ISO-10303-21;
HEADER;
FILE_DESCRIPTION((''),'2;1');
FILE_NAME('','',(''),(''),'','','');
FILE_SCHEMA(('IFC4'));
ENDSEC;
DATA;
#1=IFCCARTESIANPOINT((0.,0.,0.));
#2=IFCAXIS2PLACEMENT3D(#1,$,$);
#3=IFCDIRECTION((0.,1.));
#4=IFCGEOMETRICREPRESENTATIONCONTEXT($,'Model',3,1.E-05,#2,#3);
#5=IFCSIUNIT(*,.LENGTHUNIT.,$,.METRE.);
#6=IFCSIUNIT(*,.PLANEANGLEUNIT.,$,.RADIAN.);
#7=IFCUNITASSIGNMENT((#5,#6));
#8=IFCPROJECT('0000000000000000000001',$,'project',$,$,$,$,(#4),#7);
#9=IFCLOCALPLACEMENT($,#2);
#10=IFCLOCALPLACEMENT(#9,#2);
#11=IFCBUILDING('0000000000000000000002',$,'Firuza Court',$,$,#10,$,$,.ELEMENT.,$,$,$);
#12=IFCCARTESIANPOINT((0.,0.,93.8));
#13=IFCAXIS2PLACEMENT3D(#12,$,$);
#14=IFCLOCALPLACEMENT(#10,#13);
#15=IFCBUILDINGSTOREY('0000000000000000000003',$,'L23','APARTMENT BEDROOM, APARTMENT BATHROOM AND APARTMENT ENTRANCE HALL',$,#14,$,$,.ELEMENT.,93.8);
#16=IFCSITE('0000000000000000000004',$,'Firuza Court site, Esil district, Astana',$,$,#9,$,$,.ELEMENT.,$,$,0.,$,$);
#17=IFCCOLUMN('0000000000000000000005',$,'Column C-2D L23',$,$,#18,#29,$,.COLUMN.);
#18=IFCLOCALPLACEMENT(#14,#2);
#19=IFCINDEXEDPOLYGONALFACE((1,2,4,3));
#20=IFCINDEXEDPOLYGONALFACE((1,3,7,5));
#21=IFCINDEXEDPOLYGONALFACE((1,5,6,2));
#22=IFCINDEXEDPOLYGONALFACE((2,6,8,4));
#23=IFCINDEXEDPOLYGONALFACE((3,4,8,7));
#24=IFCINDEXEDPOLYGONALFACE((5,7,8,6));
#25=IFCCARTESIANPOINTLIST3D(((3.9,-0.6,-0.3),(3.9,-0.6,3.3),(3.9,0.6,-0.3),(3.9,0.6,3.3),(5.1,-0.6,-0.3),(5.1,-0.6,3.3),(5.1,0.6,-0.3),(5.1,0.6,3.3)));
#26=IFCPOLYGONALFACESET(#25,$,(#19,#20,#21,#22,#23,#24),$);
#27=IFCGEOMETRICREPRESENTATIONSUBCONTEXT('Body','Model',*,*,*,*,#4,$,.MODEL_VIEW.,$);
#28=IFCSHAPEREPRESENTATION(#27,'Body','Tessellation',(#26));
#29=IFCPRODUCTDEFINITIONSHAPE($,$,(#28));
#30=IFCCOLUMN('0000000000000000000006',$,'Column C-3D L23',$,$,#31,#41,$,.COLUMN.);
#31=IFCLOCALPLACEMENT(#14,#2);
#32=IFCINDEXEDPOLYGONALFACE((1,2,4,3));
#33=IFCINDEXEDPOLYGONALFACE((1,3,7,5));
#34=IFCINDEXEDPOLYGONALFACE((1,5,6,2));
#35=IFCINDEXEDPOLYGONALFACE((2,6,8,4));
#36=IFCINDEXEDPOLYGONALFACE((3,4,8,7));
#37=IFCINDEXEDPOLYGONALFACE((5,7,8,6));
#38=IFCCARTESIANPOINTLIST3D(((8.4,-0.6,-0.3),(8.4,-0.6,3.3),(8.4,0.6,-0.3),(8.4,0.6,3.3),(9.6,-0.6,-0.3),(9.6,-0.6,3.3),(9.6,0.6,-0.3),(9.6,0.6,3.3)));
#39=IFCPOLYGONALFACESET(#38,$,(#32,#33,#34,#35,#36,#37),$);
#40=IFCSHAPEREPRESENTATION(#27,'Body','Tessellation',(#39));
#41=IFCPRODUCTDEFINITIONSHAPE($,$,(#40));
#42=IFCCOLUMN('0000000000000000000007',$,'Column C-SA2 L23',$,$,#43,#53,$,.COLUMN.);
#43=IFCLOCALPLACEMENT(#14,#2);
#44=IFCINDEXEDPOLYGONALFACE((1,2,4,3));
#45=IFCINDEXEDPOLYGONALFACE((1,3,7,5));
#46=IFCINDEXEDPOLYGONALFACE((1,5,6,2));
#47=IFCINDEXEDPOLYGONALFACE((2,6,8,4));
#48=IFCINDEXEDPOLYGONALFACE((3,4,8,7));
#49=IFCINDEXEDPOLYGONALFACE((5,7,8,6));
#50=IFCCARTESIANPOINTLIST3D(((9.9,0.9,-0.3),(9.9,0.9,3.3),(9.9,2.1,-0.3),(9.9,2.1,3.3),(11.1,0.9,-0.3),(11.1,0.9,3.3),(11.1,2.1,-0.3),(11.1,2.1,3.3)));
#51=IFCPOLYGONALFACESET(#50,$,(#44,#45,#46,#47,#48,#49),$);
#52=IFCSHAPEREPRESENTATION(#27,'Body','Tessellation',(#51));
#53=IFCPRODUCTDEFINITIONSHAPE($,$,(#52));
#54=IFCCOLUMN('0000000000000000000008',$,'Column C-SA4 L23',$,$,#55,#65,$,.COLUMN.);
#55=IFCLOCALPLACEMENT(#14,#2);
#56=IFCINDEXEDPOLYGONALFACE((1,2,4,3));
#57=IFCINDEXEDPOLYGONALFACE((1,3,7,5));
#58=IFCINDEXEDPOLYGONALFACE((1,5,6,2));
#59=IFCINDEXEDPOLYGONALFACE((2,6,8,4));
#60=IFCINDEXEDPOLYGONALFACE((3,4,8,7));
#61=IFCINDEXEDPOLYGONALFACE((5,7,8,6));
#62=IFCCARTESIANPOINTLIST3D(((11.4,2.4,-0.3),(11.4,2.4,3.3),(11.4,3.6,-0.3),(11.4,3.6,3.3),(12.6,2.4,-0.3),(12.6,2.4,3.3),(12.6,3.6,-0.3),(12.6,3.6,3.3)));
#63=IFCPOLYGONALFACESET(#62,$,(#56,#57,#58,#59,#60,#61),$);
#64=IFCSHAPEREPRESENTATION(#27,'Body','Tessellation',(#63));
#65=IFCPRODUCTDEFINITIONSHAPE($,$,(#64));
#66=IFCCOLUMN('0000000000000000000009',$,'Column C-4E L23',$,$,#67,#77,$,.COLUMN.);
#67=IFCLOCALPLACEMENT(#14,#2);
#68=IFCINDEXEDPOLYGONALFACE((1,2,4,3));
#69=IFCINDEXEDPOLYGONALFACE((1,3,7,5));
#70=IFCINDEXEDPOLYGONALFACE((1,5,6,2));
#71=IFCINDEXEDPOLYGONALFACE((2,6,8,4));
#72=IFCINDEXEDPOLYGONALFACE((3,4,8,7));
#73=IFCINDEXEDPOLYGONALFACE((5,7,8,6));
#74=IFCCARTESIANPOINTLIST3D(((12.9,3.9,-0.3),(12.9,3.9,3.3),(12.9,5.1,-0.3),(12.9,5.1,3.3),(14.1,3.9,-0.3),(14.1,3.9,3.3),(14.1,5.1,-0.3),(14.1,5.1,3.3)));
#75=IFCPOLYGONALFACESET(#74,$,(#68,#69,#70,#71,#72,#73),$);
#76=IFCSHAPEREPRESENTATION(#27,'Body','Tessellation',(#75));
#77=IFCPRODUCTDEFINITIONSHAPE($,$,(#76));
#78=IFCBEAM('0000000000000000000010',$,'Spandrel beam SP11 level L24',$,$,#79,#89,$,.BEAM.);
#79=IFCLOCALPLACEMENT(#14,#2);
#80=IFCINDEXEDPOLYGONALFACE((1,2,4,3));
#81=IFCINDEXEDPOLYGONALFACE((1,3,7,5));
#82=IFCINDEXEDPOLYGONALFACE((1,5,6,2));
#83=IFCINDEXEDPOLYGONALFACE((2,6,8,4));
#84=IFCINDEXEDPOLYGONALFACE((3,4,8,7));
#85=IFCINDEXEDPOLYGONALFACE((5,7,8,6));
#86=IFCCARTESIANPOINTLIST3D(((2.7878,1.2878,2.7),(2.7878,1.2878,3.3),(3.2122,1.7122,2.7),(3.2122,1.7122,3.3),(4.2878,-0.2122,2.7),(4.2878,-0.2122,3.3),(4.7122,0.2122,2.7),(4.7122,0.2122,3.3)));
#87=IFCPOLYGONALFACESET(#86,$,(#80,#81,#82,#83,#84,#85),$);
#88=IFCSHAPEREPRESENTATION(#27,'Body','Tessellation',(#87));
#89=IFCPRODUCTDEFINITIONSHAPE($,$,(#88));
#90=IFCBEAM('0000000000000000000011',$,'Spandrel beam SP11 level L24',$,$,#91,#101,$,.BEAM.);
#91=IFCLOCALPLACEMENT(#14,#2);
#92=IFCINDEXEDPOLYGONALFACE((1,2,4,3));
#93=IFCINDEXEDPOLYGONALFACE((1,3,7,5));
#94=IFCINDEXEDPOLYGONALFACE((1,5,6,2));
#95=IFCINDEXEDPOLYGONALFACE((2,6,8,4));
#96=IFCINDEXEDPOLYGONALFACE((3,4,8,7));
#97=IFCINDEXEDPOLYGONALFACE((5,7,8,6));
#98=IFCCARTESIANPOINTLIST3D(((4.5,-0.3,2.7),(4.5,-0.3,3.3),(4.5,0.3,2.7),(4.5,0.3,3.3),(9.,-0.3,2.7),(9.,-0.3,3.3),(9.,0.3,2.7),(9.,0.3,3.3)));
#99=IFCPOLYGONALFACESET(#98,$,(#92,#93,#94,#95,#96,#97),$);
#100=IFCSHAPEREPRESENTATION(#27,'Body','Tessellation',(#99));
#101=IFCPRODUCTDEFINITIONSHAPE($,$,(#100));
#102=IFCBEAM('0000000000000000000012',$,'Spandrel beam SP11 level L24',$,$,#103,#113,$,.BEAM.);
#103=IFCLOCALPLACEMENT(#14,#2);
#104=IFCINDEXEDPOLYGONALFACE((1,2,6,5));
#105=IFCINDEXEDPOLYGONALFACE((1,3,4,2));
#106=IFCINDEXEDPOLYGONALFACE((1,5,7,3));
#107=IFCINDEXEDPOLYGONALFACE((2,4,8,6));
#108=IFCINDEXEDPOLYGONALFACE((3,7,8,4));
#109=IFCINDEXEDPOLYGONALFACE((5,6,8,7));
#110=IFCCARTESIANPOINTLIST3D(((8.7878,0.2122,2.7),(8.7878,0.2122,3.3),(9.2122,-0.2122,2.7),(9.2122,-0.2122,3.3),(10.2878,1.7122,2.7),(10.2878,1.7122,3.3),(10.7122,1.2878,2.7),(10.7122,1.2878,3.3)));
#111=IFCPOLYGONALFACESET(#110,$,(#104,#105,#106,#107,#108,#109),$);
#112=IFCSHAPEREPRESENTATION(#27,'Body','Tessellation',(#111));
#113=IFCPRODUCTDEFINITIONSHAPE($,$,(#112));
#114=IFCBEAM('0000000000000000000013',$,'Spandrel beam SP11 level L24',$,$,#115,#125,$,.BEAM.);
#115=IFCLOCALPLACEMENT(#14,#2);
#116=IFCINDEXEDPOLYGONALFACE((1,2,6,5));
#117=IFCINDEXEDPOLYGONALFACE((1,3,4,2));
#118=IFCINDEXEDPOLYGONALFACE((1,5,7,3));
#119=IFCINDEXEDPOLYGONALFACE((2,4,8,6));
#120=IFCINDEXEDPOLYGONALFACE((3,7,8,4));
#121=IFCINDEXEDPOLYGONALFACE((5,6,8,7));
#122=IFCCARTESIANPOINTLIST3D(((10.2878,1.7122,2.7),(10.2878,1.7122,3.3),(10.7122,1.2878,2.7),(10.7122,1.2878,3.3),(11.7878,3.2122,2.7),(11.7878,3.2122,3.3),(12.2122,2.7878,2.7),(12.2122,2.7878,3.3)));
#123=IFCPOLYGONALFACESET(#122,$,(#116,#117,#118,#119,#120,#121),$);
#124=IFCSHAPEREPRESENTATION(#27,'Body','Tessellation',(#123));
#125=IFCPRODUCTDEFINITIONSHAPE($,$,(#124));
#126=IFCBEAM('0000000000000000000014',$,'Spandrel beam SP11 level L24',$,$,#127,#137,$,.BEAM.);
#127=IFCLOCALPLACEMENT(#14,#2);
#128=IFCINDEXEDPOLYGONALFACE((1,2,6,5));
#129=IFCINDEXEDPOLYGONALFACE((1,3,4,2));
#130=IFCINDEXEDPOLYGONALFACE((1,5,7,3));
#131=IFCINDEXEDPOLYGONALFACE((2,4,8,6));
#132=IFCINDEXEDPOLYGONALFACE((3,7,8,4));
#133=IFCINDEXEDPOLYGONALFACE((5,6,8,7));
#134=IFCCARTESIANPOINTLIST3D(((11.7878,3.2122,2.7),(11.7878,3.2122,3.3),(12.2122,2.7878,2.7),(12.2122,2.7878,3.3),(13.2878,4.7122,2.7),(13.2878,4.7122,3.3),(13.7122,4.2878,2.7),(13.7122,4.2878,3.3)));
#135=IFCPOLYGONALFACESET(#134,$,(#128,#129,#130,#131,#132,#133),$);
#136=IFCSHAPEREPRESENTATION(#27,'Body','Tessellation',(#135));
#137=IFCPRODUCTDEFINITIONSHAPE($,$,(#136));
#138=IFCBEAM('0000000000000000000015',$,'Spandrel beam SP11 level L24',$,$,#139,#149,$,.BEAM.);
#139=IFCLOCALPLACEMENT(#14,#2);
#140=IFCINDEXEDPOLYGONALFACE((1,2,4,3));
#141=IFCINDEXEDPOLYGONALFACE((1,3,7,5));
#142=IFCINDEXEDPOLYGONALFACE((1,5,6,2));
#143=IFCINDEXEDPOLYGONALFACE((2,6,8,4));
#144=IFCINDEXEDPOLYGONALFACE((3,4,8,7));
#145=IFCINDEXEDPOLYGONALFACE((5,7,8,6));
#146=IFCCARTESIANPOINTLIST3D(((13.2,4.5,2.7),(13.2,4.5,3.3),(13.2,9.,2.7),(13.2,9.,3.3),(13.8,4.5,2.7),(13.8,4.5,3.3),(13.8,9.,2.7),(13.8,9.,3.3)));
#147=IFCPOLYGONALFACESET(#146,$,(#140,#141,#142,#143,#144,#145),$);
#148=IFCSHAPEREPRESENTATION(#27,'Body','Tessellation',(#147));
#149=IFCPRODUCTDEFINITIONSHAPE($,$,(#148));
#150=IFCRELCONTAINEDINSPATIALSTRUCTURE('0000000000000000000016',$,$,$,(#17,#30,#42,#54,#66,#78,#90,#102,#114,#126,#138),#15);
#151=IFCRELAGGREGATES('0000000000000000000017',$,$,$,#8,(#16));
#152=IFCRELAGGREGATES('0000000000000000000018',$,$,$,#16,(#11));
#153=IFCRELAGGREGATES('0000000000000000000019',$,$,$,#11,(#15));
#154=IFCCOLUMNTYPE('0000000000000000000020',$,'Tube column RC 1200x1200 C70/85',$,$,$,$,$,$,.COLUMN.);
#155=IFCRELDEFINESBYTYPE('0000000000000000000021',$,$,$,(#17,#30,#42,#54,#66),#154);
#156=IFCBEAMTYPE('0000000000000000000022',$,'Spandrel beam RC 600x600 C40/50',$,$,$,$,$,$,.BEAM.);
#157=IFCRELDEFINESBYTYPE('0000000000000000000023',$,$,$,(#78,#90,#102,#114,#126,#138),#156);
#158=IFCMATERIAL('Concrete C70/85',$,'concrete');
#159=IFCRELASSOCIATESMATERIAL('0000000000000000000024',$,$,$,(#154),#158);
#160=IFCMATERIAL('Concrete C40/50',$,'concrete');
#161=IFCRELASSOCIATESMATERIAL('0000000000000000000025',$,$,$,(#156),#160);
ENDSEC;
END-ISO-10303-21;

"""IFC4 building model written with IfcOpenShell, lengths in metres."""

from ifc_helpers import new_model, si_unit, direction, frame, origin, origin_2d, place, context, subcontext, project, spatial, rectangle, extrude, material, material_profile, profile_set, type_object, element, save


model = new_model("IFC4")

# Units and contexts
model_context = context("Model", 3, precision=1e-05, world=origin(), true_north=direction((0.0, 1.0)))
body_context = subcontext(model_context, "Body", "Model", "MODEL_VIEW")
ifc_project = project(units=[si_unit("LENGTHUNIT", "METRE"), si_unit("PLANEANGLEUNIT", "RADIAN")], contexts=[model_context])

# Site, building, storey
site_placement = place(None, origin())
site = spatial("IfcSite", under=ifc_project, at=site_placement, Name="Firuza Court site, Esil district, Astana", CompositionType="ELEMENT", RefElevation=0.0)
building_placement = place(site_placement, origin())
building = spatial("IfcBuilding", under=site, at=building_placement, Name="Firuza Court", CompositionType="ELEMENT")
storey_placement = place(building_placement, frame((0.0, 0.0, 93.8)))
storey = spatial("IfcBuildingStorey", under=building, at=storey_placement, Name="L23", Description="APARTMENT BEDROOM, APARTMENT BATHROOM AND APARTMENT ENTRANCE HALL", CompositionType="ELEMENT", Elevation=93.8)

# Columns
ifc_material_1 = material(Name="Concrete C70/85", Category="concrete")
ifc_material_profile_1 = material_profile(ifc_material_1, rectangle(XDim=1.2, YDim=1.2, at=origin_2d()), Name="RC 1200x1200")
ifc_profile_set_1 = profile_set([ifc_material_profile_1], Name="Concrete C70/85")
column_type = type_object("IfcColumnType", Name="Tube column RC 1200x1200 C70/85", PredefinedType="COLUMN", material=ifc_profile_set_1)
for number, where, z_axis, x_axis, name in (
    (1, (4.5, 0.0, -0.3), (0.0, 0.0, 1.0), (1.0, 0.0, 0.0), "Column C-2D L23"),
    (2, (9.0, 0.0, -0.3), (0.0, 0.0, 1.0), (1.0, 0.0, 0.0), "Column C-3D L23"),
    (3, (10.5, 1.5, -0.3), (0.0, 0.0, 1.0), (1.0, 0.0, 0.0), "Column C-SA2 L23"),
    (4, (12.0, 3.0, -0.3), (0.0, 0.0, 1.0), (1.0, 0.0, 0.0), "Column C-SA4 L23"),
    (5, (13.5, 4.5, -0.3), (0.0, 0.0, 1.0), (1.0, 0.0, 0.0), "Column C-4E L23"),
):
    element("IfcColumn", number, at=place(storey_placement, frame(where, z_axis=z_axis, x_axis=x_axis)), inside=storey, type_object=column_type, Name=name, PredefinedType="COLUMN", context=body_context, shape_type="SweptSolid", body=[
        extrude(rectangle(XDim=1.2, YDim=1.2, at=origin_2d()), origin(), (0.0, 0.0, 1.0), 3.6001),
    ])

# Beams
ifc_material_2 = material(Name="Concrete C40/50", Category="concrete")
ifc_material_profile_2 = material_profile(ifc_material_2, rectangle(XDim=0.6001, YDim=0.6001, at=origin_2d()), Name="RC 600x600")
ifc_profile_set_2 = profile_set([ifc_material_profile_2], Name="Concrete C40/50")
beam_type = type_object("IfcBeamType", Name="Spandrel beam RC 600x600 C40/50", PredefinedType="BEAM", material=ifc_profile_set_2)
beam_1_placement = place(storey_placement, frame((3.0, 1.5, 3.0), z_axis=(0.707107, -0.707107, 0.0), x_axis=(0.707107, 0.707107, 0.0)))
element("IfcBeam", 6, at=beam_1_placement, inside=storey, type_object=beam_type, Name="Spandrel beam SP11 level L24", PredefinedType="BEAM", context=body_context, shape_type="SweptSolid", body=[
    extrude(rectangle(XDim=0.6001, YDim=0.6001, at=origin_2d()), origin(), (0.0, 0.0, 1.0), 2.1213),
])
beam_2_placement = place(storey_placement, frame((4.5, 0.0, 3.0), z_axis=(1.0, 0.0, 0.0), x_axis=(0.0, 1.0, 0.0)))
element("IfcBeam", 7, at=beam_2_placement, inside=storey, type_object=beam_type, Name="Spandrel beam SP11 level L24", PredefinedType="BEAM", context=body_context, shape_type="SweptSolid", body=[
    extrude(rectangle(XDim=0.6001, YDim=0.6001, at=origin_2d()), origin(), (0.0, 0.0, 1.0), 4.5),
])
for number, where, z_axis, x_axis, name in (
    (8, (9.0, 0.0, 3.0), (0.707107, 0.707107, 0.0), (-0.707107, 0.707107, 0.0), "Spandrel beam SP11 level L24"),
    (9, (10.5, 1.5, 3.0), (0.707107, 0.707107, 0.0), (-0.707107, 0.707107, 0.0), "Spandrel beam SP11 level L24"),
    (10, (12.0, 3.0, 3.0), (0.707107, 0.707107, 0.0), (-0.707107, 0.707107, 0.0), "Spandrel beam SP11 level L24"),
):
    element("IfcBeam", number, at=place(storey_placement, frame(where, z_axis=z_axis, x_axis=x_axis)), inside=storey, type_object=beam_type, Name=name, PredefinedType="BEAM", context=body_context, shape_type="SweptSolid", body=[
        extrude(rectangle(XDim=0.6001, YDim=0.6001, at=origin_2d()), origin(), (0.0, 0.0, 1.0), 2.1213),
    ])
beam_3_placement = place(storey_placement, frame((13.5, 4.5, 3.0), z_axis=(0.0, 1.0, 0.0), x_axis=(-1.0, 0.0, 0.0)))
element("IfcBeam", 11, at=beam_3_placement, inside=storey, type_object=beam_type, Name="Spandrel beam SP11 level L24", PredefinedType="BEAM", context=body_context, shape_type="SweptSolid", body=[
    extrude(rectangle(XDim=0.6001, YDim=0.6001, at=origin_2d()), origin(), (0.0, 0.0, 1.0), 4.5),
])

save(model, "model.ifc")
